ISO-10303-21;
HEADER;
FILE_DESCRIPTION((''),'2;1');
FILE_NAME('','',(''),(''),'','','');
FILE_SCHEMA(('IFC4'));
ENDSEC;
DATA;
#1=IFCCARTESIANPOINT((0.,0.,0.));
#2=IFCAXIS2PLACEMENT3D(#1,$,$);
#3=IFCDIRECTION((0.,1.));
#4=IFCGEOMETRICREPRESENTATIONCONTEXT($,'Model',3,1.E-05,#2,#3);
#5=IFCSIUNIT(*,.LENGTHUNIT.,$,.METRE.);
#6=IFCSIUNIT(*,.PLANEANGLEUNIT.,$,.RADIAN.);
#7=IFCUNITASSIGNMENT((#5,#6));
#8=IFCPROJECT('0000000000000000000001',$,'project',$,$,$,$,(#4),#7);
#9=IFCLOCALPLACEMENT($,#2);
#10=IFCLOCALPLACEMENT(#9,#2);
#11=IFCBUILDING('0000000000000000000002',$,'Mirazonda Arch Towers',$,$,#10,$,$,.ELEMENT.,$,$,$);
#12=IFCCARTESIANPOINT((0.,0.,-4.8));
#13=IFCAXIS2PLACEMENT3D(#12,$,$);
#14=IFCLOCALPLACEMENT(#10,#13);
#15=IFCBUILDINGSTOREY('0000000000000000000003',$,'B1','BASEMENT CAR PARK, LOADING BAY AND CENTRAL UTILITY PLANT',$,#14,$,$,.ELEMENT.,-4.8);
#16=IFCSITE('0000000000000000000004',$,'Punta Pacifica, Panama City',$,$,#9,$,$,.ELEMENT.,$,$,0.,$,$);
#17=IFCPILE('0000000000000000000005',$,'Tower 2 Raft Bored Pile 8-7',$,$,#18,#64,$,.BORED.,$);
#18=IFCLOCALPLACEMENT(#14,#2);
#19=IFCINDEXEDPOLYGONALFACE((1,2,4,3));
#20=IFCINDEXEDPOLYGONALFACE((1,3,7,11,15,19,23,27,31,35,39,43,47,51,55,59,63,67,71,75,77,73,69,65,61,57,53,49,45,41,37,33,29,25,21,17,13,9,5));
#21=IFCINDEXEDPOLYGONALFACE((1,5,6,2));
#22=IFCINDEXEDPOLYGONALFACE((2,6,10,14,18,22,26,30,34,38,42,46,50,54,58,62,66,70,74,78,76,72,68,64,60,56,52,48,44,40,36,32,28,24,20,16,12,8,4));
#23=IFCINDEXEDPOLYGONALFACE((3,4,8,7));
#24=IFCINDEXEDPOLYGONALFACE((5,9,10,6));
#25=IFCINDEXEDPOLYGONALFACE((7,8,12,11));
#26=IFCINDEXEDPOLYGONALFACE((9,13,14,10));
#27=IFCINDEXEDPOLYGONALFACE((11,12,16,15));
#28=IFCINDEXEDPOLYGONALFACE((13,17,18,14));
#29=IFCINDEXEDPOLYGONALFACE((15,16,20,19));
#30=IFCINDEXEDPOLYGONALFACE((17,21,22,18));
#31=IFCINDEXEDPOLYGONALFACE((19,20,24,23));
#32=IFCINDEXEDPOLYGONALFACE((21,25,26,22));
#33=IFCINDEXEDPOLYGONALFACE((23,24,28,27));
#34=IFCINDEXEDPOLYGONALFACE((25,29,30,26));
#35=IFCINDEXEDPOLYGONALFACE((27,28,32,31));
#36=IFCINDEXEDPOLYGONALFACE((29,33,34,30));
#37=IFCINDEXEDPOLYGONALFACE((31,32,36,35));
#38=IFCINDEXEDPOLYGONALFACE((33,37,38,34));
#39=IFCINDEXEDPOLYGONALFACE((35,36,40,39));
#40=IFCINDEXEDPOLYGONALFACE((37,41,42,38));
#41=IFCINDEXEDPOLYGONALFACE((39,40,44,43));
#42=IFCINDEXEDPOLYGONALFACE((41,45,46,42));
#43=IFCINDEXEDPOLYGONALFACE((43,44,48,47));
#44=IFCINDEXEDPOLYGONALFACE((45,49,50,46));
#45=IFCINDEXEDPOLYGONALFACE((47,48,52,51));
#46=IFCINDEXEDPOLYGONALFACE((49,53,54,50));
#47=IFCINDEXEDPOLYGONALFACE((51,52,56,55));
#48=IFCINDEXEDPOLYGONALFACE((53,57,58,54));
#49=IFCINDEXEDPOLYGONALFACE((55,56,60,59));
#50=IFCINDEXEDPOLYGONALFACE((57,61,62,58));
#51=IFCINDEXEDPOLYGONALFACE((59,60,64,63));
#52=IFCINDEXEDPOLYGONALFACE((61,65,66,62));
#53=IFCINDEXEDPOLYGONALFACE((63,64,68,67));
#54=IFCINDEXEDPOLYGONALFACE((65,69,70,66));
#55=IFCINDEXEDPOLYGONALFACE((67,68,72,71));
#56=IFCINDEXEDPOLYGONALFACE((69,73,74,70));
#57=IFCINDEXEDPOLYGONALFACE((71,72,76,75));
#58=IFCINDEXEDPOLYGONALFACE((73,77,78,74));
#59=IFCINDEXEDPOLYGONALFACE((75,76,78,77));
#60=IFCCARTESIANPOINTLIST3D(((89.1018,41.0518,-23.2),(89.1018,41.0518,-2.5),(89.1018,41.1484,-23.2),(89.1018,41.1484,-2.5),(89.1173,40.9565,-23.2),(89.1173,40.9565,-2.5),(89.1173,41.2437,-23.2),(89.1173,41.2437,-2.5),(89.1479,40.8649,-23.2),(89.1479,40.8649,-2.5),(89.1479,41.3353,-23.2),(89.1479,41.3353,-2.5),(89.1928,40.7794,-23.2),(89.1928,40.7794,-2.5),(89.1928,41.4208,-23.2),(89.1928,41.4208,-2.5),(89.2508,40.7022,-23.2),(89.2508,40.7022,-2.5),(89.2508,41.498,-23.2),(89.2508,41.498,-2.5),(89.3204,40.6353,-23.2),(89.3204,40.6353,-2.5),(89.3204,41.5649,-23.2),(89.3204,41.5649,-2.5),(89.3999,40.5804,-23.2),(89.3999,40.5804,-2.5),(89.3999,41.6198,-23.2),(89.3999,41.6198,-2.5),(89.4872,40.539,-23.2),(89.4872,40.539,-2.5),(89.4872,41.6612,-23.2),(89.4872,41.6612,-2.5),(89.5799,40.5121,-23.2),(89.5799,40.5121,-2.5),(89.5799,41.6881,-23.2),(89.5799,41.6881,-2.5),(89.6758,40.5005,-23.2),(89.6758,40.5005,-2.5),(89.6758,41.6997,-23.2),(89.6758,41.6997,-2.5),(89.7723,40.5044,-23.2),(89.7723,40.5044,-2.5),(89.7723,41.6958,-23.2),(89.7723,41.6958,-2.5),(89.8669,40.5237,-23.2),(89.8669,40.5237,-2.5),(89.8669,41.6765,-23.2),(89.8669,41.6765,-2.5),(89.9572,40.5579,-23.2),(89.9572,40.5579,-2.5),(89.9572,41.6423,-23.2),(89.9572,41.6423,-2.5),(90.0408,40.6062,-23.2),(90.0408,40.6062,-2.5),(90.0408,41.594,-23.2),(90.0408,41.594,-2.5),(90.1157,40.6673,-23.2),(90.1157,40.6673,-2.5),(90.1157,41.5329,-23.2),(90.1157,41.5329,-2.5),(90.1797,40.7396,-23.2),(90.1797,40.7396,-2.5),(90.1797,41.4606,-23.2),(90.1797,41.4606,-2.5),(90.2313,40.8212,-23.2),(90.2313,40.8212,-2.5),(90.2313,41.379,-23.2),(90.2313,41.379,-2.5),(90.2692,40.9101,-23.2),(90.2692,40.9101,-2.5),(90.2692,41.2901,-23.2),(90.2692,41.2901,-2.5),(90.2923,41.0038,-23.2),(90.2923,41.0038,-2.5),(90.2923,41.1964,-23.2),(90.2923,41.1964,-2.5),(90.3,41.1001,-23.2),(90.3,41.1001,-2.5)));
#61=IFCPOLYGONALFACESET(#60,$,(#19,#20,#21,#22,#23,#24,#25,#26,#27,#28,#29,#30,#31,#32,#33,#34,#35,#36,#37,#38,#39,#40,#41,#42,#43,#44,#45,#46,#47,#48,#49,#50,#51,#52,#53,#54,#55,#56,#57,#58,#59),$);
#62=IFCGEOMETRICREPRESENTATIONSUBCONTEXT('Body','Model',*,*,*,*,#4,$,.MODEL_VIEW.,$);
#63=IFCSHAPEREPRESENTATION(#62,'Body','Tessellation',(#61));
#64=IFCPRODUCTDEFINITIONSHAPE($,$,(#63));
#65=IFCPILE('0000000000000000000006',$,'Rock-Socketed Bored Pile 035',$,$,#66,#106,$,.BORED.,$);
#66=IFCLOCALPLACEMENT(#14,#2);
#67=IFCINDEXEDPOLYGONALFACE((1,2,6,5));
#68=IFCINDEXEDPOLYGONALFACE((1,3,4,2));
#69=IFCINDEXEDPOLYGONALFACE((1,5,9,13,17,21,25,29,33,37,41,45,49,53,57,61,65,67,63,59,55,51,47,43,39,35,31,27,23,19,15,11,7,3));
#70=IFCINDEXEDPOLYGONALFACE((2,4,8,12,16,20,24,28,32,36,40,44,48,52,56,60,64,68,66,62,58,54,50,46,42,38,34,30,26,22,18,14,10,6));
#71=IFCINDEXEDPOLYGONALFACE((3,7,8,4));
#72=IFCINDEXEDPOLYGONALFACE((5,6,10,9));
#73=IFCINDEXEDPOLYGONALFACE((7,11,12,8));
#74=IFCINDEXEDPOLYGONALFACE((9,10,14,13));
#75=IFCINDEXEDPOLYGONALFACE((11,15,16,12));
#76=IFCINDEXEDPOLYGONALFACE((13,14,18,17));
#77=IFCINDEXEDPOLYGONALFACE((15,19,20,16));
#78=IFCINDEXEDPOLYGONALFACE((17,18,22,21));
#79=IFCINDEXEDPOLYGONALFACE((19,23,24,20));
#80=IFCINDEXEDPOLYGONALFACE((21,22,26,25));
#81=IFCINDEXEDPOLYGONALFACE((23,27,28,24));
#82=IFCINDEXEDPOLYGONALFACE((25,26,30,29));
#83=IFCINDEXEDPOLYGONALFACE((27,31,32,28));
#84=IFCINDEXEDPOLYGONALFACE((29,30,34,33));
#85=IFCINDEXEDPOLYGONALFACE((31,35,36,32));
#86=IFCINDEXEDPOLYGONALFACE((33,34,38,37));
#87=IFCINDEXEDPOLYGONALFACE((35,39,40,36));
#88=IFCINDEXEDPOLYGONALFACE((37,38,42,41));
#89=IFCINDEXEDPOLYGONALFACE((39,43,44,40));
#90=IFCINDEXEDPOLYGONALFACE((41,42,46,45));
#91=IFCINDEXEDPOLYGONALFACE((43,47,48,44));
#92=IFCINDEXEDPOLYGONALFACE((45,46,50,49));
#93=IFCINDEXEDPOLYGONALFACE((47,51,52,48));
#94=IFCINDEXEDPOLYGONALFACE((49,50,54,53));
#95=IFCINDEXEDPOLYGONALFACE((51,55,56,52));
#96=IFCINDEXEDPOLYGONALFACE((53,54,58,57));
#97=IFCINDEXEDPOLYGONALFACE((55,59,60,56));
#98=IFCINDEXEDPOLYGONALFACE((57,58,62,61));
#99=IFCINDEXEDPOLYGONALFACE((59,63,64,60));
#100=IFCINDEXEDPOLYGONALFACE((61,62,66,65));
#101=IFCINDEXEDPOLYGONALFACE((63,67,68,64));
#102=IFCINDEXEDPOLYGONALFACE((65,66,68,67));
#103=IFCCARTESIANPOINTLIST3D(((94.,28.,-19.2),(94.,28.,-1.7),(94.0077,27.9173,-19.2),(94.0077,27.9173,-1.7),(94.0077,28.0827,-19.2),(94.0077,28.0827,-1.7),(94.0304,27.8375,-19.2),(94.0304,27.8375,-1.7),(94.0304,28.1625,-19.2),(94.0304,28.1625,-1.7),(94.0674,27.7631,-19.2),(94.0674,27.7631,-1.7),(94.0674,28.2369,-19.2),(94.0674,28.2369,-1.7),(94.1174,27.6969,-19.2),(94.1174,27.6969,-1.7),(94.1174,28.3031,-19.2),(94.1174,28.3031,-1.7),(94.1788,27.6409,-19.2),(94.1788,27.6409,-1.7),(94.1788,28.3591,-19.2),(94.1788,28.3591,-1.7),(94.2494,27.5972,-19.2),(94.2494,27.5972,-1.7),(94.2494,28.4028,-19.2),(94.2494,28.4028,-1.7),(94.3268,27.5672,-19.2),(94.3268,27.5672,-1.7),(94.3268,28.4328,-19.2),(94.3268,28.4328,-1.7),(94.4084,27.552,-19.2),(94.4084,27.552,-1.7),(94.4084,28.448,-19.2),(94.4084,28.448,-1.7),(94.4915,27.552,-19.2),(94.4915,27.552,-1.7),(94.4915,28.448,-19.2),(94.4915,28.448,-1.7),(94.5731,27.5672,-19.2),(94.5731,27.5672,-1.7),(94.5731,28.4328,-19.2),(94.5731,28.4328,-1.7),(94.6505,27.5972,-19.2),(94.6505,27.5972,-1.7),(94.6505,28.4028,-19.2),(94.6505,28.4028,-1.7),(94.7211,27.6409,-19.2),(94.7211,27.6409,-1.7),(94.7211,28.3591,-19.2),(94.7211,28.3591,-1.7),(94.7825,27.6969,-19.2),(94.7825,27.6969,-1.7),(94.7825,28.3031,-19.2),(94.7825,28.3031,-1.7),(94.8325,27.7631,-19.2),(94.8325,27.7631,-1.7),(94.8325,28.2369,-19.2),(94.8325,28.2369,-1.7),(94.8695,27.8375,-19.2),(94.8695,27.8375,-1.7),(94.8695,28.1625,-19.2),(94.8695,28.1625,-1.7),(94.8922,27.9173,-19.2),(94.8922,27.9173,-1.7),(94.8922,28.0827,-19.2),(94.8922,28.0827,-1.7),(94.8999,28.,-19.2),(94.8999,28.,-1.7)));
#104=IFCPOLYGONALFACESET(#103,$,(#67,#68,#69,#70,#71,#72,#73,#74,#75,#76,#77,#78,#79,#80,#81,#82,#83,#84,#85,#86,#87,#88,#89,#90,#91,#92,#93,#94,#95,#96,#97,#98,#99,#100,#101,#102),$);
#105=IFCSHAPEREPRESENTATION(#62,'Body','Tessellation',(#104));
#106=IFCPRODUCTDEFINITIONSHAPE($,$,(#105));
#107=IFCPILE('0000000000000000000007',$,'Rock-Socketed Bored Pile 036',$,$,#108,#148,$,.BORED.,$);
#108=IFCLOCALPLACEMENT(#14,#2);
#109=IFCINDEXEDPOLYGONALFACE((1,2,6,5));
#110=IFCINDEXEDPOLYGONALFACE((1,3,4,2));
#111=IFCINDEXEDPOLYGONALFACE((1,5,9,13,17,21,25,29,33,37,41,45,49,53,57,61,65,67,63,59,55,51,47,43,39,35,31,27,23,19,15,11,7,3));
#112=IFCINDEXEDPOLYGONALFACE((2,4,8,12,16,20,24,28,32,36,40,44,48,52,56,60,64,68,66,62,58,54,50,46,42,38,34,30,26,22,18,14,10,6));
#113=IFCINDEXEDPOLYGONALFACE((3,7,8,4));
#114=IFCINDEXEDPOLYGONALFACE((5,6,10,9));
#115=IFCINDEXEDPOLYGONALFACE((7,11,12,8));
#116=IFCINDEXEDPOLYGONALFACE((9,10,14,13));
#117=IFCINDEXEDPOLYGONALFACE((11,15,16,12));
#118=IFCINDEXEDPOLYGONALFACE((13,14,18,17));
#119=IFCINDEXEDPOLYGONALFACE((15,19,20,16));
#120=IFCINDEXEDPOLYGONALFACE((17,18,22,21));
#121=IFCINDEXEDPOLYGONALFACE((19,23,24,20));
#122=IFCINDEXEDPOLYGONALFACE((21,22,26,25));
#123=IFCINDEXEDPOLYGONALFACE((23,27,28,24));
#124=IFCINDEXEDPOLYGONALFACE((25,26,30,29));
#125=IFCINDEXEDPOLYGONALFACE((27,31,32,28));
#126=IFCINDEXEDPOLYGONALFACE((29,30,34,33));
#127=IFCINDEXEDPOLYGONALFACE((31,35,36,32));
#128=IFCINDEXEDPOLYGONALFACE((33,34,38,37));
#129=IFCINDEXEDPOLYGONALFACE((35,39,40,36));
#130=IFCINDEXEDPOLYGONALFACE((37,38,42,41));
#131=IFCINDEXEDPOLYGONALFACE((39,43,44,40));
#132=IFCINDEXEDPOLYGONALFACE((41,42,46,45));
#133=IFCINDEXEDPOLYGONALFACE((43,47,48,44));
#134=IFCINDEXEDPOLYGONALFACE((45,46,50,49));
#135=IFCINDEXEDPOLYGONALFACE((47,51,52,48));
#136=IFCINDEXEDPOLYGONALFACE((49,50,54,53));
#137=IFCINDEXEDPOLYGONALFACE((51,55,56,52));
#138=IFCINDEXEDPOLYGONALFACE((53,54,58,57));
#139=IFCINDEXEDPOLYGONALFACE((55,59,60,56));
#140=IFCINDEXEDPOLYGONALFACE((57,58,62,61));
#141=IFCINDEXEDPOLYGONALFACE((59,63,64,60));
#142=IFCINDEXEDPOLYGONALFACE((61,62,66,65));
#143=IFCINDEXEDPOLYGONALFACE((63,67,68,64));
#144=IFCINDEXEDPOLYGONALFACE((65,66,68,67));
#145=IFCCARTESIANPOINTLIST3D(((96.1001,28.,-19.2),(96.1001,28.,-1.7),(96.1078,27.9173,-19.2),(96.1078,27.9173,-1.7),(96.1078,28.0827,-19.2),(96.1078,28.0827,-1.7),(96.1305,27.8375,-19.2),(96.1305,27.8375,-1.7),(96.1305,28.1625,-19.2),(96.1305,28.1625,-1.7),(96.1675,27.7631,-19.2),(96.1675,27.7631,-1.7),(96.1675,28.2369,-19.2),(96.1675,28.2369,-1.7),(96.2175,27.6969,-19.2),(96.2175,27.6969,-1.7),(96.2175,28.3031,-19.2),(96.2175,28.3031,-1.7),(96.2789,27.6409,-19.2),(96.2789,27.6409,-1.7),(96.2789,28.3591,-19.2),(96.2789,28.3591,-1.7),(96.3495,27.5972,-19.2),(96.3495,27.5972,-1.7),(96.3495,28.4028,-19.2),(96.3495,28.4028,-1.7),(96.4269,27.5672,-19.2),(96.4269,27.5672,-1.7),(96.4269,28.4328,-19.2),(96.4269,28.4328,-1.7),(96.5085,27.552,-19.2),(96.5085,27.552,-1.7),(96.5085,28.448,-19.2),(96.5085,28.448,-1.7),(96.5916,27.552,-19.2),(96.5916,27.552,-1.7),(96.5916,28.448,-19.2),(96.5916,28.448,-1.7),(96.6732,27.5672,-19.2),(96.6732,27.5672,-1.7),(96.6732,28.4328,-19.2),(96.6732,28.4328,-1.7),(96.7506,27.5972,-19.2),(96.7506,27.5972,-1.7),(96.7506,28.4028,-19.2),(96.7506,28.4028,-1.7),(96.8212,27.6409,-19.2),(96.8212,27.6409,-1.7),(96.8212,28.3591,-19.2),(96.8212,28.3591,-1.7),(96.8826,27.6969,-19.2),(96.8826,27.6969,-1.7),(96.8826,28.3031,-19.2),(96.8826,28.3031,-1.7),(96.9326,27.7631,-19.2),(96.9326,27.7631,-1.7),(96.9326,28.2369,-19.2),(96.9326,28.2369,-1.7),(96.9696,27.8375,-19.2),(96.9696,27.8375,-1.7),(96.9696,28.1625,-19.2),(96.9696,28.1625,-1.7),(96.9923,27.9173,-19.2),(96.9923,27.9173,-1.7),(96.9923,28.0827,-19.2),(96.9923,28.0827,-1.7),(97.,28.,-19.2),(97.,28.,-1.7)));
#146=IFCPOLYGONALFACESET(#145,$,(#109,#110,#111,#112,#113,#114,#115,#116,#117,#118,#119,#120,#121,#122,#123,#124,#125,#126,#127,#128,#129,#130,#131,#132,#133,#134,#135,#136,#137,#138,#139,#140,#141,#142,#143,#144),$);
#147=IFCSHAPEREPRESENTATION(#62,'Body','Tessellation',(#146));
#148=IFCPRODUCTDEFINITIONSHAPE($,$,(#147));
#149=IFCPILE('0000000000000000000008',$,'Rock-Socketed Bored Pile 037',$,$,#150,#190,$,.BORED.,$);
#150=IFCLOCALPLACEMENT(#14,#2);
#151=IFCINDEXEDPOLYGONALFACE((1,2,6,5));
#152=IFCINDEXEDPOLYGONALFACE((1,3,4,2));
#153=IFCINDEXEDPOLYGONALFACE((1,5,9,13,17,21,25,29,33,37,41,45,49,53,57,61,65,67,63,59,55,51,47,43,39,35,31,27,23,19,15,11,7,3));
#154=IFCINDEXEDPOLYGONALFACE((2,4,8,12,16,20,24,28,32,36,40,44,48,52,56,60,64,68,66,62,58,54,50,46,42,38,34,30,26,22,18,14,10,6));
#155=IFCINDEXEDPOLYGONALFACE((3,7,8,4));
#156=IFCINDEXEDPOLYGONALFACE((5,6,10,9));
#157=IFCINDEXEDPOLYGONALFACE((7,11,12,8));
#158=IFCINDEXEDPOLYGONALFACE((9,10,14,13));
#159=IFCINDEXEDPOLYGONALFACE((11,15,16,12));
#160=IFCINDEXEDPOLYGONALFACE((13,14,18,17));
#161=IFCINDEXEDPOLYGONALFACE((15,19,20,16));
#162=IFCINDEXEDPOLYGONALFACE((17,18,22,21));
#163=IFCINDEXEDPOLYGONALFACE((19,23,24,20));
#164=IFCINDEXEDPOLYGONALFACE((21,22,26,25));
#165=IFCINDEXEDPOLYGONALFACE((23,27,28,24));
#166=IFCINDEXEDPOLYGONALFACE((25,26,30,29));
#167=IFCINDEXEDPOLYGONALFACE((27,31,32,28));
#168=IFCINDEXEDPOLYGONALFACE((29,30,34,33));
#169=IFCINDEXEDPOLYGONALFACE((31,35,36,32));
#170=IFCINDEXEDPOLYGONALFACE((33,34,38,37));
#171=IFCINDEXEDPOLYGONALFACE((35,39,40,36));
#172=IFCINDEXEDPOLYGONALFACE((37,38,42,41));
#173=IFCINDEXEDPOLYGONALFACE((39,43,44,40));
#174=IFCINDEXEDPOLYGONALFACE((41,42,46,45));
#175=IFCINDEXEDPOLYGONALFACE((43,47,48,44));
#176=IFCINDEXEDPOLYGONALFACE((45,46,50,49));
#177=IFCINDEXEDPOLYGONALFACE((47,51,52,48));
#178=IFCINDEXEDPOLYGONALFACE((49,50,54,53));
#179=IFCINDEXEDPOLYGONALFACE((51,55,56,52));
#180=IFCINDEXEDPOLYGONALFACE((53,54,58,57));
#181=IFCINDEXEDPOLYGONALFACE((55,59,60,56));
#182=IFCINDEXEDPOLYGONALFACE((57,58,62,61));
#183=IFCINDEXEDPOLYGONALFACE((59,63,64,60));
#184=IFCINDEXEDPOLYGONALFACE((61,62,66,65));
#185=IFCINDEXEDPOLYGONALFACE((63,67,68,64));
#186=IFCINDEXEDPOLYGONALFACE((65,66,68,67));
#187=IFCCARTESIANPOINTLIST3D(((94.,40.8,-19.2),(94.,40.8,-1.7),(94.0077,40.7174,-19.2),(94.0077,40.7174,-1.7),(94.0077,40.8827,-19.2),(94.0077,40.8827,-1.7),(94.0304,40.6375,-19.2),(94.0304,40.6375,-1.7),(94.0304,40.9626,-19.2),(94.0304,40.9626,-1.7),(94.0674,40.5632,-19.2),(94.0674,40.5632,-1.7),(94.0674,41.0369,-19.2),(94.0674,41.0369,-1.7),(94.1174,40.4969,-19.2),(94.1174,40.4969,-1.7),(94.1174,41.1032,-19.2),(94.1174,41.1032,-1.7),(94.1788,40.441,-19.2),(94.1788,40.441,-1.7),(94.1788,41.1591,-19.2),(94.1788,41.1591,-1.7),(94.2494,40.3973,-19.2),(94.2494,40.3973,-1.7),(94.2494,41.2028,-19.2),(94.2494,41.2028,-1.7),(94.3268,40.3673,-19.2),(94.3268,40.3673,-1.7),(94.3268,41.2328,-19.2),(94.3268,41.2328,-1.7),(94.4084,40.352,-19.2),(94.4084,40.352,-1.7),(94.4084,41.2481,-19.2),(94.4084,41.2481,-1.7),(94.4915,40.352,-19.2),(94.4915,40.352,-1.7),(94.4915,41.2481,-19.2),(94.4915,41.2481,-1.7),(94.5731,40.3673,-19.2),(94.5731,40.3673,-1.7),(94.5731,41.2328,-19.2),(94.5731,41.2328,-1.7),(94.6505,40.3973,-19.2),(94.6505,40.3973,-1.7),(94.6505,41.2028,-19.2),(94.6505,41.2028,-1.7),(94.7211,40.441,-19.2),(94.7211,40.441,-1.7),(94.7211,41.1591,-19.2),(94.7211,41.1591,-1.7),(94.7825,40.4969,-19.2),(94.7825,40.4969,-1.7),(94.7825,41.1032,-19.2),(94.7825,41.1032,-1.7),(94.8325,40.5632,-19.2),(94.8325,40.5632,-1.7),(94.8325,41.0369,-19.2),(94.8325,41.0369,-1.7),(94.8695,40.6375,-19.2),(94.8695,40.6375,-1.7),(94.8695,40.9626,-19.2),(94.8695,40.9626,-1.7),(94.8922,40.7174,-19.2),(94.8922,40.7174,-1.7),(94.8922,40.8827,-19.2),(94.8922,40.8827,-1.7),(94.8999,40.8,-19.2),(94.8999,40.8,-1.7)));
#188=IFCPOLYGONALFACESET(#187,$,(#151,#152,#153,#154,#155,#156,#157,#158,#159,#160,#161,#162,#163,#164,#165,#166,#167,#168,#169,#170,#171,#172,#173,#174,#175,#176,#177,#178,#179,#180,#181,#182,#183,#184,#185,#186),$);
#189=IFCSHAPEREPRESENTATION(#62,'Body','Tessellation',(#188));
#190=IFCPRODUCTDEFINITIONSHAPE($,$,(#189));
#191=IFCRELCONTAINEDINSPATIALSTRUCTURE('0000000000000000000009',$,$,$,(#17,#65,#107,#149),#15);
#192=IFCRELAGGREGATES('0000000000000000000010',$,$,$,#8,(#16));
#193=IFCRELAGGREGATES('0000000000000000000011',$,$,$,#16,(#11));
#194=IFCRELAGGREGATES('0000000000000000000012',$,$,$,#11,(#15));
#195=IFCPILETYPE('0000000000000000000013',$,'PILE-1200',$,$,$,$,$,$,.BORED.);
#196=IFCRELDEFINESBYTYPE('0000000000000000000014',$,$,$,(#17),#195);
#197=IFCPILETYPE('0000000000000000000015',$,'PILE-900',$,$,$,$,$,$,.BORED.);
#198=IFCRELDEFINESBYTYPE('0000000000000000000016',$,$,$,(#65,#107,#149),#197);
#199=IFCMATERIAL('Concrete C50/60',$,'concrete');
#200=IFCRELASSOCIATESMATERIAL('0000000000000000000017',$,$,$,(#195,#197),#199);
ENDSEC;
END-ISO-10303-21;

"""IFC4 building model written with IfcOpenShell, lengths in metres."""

from ifc_helpers import new_model, si_unit, direction, frame, origin, origin_2d, place, context, subcontext, project, spatial, circle, extrude, material, material_profile, profile_set, type_object, element, save


model = new_model("IFC4")

# Units and contexts
model_context = context("Model", 3, precision=1e-05, world=origin(), true_north=direction((0.0, 1.0)))
body_context = subcontext(model_context, "Body", "Model", "MODEL_VIEW")
ifc_project = project(units=[si_unit("LENGTHUNIT", "METRE"), si_unit("PLANEANGLEUNIT", "RADIAN")], contexts=[model_context])

# Site, building, storey
site_placement = place(None, origin())
site = spatial("IfcSite", under=ifc_project, at=site_placement, Name="Punta Pacifica, Panama City", CompositionType="ELEMENT", RefElevation=0.0)
building_placement = place(site_placement, origin())
building = spatial("IfcBuilding", under=site, at=building_placement, Name="Mirazonda Arch Towers", CompositionType="ELEMENT")
storey_placement = place(building_placement, frame((0.0, 0.0, -4.8)))
storey = spatial("IfcBuildingStorey", under=building, at=storey_placement, Name="B1", Description="BASEMENT CAR PARK, LOADING BAY AND CENTRAL UTILITY PLANT", CompositionType="ELEMENT", Elevation=-4.8)

# Piles
ifc_material_1 = material(Name="Concrete C50/60", Category="concrete")
ifc_material_profile_1 = material_profile(ifc_material_1, circle(Radius=0.6001, at=origin_2d()), Name="BORED-D1200")
ifc_profile_set_1 = profile_set([ifc_material_profile_1], Name="Concrete C50/60")
pile_type_1 = type_object("IfcPileType", Name="PILE-1200", PredefinedType="BORED", material=ifc_profile_set_1)
for number, where, z_axis, x_axis, name in (
    (1, (89.7, 41.1001, -2.5), (0.0, 0.0, -1.0), (1.0, 0.0, 0.0), "Tower 2 Raft Bored Pile 8-7"),
):
    element("IfcPile", number, at=place(storey_placement, frame(where, z_axis=z_axis, x_axis=x_axis)), inside=storey, type_object=pile_type_1, Name=name, PredefinedType="BORED", context=body_context, shape_type="SweptSolid", body=[
        extrude(circle(Radius=0.6001, at=origin_2d()), origin(), (0.0, 0.0, 1.0), 20.7),
    ])
ifc_material_profile_2 = material_profile(ifc_material_1, circle(Radius=0.45, at=origin_2d()), Name="BORED-D900")
ifc_profile_set_2 = profile_set([ifc_material_profile_2], Name="Concrete C50/60")
pile_type_2 = type_object("IfcPileType", Name="PILE-900", PredefinedType="BORED", material=ifc_profile_set_2)
for number, where, z_axis, x_axis, name in (
    (2, (94.45, 28.0, -1.7), (0.0, 0.0, -1.0), (1.0, 0.0, 0.0), "Rock-Socketed Bored Pile 035"),
    (3, (96.55, 28.0, -1.7), (0.0, 0.0, -1.0), (1.0, 0.0, 0.0), "Rock-Socketed Bored Pile 036"),
    (4, (94.45, 40.8, -1.7), (0.0, 0.0, -1.0), (1.0, 0.0, 0.0), "Rock-Socketed Bored Pile 037"),
):
    element("IfcPile", number, at=place(storey_placement, frame(where, z_axis=z_axis, x_axis=x_axis)), inside=storey, type_object=pile_type_2, Name=name, PredefinedType="BORED", context=body_context, shape_type="SweptSolid", body=[
        extrude(circle(Radius=0.45, at=origin_2d()), origin(), (0.0, 0.0, 1.0), 17.5),
    ])

save(model, "model.ifc")
